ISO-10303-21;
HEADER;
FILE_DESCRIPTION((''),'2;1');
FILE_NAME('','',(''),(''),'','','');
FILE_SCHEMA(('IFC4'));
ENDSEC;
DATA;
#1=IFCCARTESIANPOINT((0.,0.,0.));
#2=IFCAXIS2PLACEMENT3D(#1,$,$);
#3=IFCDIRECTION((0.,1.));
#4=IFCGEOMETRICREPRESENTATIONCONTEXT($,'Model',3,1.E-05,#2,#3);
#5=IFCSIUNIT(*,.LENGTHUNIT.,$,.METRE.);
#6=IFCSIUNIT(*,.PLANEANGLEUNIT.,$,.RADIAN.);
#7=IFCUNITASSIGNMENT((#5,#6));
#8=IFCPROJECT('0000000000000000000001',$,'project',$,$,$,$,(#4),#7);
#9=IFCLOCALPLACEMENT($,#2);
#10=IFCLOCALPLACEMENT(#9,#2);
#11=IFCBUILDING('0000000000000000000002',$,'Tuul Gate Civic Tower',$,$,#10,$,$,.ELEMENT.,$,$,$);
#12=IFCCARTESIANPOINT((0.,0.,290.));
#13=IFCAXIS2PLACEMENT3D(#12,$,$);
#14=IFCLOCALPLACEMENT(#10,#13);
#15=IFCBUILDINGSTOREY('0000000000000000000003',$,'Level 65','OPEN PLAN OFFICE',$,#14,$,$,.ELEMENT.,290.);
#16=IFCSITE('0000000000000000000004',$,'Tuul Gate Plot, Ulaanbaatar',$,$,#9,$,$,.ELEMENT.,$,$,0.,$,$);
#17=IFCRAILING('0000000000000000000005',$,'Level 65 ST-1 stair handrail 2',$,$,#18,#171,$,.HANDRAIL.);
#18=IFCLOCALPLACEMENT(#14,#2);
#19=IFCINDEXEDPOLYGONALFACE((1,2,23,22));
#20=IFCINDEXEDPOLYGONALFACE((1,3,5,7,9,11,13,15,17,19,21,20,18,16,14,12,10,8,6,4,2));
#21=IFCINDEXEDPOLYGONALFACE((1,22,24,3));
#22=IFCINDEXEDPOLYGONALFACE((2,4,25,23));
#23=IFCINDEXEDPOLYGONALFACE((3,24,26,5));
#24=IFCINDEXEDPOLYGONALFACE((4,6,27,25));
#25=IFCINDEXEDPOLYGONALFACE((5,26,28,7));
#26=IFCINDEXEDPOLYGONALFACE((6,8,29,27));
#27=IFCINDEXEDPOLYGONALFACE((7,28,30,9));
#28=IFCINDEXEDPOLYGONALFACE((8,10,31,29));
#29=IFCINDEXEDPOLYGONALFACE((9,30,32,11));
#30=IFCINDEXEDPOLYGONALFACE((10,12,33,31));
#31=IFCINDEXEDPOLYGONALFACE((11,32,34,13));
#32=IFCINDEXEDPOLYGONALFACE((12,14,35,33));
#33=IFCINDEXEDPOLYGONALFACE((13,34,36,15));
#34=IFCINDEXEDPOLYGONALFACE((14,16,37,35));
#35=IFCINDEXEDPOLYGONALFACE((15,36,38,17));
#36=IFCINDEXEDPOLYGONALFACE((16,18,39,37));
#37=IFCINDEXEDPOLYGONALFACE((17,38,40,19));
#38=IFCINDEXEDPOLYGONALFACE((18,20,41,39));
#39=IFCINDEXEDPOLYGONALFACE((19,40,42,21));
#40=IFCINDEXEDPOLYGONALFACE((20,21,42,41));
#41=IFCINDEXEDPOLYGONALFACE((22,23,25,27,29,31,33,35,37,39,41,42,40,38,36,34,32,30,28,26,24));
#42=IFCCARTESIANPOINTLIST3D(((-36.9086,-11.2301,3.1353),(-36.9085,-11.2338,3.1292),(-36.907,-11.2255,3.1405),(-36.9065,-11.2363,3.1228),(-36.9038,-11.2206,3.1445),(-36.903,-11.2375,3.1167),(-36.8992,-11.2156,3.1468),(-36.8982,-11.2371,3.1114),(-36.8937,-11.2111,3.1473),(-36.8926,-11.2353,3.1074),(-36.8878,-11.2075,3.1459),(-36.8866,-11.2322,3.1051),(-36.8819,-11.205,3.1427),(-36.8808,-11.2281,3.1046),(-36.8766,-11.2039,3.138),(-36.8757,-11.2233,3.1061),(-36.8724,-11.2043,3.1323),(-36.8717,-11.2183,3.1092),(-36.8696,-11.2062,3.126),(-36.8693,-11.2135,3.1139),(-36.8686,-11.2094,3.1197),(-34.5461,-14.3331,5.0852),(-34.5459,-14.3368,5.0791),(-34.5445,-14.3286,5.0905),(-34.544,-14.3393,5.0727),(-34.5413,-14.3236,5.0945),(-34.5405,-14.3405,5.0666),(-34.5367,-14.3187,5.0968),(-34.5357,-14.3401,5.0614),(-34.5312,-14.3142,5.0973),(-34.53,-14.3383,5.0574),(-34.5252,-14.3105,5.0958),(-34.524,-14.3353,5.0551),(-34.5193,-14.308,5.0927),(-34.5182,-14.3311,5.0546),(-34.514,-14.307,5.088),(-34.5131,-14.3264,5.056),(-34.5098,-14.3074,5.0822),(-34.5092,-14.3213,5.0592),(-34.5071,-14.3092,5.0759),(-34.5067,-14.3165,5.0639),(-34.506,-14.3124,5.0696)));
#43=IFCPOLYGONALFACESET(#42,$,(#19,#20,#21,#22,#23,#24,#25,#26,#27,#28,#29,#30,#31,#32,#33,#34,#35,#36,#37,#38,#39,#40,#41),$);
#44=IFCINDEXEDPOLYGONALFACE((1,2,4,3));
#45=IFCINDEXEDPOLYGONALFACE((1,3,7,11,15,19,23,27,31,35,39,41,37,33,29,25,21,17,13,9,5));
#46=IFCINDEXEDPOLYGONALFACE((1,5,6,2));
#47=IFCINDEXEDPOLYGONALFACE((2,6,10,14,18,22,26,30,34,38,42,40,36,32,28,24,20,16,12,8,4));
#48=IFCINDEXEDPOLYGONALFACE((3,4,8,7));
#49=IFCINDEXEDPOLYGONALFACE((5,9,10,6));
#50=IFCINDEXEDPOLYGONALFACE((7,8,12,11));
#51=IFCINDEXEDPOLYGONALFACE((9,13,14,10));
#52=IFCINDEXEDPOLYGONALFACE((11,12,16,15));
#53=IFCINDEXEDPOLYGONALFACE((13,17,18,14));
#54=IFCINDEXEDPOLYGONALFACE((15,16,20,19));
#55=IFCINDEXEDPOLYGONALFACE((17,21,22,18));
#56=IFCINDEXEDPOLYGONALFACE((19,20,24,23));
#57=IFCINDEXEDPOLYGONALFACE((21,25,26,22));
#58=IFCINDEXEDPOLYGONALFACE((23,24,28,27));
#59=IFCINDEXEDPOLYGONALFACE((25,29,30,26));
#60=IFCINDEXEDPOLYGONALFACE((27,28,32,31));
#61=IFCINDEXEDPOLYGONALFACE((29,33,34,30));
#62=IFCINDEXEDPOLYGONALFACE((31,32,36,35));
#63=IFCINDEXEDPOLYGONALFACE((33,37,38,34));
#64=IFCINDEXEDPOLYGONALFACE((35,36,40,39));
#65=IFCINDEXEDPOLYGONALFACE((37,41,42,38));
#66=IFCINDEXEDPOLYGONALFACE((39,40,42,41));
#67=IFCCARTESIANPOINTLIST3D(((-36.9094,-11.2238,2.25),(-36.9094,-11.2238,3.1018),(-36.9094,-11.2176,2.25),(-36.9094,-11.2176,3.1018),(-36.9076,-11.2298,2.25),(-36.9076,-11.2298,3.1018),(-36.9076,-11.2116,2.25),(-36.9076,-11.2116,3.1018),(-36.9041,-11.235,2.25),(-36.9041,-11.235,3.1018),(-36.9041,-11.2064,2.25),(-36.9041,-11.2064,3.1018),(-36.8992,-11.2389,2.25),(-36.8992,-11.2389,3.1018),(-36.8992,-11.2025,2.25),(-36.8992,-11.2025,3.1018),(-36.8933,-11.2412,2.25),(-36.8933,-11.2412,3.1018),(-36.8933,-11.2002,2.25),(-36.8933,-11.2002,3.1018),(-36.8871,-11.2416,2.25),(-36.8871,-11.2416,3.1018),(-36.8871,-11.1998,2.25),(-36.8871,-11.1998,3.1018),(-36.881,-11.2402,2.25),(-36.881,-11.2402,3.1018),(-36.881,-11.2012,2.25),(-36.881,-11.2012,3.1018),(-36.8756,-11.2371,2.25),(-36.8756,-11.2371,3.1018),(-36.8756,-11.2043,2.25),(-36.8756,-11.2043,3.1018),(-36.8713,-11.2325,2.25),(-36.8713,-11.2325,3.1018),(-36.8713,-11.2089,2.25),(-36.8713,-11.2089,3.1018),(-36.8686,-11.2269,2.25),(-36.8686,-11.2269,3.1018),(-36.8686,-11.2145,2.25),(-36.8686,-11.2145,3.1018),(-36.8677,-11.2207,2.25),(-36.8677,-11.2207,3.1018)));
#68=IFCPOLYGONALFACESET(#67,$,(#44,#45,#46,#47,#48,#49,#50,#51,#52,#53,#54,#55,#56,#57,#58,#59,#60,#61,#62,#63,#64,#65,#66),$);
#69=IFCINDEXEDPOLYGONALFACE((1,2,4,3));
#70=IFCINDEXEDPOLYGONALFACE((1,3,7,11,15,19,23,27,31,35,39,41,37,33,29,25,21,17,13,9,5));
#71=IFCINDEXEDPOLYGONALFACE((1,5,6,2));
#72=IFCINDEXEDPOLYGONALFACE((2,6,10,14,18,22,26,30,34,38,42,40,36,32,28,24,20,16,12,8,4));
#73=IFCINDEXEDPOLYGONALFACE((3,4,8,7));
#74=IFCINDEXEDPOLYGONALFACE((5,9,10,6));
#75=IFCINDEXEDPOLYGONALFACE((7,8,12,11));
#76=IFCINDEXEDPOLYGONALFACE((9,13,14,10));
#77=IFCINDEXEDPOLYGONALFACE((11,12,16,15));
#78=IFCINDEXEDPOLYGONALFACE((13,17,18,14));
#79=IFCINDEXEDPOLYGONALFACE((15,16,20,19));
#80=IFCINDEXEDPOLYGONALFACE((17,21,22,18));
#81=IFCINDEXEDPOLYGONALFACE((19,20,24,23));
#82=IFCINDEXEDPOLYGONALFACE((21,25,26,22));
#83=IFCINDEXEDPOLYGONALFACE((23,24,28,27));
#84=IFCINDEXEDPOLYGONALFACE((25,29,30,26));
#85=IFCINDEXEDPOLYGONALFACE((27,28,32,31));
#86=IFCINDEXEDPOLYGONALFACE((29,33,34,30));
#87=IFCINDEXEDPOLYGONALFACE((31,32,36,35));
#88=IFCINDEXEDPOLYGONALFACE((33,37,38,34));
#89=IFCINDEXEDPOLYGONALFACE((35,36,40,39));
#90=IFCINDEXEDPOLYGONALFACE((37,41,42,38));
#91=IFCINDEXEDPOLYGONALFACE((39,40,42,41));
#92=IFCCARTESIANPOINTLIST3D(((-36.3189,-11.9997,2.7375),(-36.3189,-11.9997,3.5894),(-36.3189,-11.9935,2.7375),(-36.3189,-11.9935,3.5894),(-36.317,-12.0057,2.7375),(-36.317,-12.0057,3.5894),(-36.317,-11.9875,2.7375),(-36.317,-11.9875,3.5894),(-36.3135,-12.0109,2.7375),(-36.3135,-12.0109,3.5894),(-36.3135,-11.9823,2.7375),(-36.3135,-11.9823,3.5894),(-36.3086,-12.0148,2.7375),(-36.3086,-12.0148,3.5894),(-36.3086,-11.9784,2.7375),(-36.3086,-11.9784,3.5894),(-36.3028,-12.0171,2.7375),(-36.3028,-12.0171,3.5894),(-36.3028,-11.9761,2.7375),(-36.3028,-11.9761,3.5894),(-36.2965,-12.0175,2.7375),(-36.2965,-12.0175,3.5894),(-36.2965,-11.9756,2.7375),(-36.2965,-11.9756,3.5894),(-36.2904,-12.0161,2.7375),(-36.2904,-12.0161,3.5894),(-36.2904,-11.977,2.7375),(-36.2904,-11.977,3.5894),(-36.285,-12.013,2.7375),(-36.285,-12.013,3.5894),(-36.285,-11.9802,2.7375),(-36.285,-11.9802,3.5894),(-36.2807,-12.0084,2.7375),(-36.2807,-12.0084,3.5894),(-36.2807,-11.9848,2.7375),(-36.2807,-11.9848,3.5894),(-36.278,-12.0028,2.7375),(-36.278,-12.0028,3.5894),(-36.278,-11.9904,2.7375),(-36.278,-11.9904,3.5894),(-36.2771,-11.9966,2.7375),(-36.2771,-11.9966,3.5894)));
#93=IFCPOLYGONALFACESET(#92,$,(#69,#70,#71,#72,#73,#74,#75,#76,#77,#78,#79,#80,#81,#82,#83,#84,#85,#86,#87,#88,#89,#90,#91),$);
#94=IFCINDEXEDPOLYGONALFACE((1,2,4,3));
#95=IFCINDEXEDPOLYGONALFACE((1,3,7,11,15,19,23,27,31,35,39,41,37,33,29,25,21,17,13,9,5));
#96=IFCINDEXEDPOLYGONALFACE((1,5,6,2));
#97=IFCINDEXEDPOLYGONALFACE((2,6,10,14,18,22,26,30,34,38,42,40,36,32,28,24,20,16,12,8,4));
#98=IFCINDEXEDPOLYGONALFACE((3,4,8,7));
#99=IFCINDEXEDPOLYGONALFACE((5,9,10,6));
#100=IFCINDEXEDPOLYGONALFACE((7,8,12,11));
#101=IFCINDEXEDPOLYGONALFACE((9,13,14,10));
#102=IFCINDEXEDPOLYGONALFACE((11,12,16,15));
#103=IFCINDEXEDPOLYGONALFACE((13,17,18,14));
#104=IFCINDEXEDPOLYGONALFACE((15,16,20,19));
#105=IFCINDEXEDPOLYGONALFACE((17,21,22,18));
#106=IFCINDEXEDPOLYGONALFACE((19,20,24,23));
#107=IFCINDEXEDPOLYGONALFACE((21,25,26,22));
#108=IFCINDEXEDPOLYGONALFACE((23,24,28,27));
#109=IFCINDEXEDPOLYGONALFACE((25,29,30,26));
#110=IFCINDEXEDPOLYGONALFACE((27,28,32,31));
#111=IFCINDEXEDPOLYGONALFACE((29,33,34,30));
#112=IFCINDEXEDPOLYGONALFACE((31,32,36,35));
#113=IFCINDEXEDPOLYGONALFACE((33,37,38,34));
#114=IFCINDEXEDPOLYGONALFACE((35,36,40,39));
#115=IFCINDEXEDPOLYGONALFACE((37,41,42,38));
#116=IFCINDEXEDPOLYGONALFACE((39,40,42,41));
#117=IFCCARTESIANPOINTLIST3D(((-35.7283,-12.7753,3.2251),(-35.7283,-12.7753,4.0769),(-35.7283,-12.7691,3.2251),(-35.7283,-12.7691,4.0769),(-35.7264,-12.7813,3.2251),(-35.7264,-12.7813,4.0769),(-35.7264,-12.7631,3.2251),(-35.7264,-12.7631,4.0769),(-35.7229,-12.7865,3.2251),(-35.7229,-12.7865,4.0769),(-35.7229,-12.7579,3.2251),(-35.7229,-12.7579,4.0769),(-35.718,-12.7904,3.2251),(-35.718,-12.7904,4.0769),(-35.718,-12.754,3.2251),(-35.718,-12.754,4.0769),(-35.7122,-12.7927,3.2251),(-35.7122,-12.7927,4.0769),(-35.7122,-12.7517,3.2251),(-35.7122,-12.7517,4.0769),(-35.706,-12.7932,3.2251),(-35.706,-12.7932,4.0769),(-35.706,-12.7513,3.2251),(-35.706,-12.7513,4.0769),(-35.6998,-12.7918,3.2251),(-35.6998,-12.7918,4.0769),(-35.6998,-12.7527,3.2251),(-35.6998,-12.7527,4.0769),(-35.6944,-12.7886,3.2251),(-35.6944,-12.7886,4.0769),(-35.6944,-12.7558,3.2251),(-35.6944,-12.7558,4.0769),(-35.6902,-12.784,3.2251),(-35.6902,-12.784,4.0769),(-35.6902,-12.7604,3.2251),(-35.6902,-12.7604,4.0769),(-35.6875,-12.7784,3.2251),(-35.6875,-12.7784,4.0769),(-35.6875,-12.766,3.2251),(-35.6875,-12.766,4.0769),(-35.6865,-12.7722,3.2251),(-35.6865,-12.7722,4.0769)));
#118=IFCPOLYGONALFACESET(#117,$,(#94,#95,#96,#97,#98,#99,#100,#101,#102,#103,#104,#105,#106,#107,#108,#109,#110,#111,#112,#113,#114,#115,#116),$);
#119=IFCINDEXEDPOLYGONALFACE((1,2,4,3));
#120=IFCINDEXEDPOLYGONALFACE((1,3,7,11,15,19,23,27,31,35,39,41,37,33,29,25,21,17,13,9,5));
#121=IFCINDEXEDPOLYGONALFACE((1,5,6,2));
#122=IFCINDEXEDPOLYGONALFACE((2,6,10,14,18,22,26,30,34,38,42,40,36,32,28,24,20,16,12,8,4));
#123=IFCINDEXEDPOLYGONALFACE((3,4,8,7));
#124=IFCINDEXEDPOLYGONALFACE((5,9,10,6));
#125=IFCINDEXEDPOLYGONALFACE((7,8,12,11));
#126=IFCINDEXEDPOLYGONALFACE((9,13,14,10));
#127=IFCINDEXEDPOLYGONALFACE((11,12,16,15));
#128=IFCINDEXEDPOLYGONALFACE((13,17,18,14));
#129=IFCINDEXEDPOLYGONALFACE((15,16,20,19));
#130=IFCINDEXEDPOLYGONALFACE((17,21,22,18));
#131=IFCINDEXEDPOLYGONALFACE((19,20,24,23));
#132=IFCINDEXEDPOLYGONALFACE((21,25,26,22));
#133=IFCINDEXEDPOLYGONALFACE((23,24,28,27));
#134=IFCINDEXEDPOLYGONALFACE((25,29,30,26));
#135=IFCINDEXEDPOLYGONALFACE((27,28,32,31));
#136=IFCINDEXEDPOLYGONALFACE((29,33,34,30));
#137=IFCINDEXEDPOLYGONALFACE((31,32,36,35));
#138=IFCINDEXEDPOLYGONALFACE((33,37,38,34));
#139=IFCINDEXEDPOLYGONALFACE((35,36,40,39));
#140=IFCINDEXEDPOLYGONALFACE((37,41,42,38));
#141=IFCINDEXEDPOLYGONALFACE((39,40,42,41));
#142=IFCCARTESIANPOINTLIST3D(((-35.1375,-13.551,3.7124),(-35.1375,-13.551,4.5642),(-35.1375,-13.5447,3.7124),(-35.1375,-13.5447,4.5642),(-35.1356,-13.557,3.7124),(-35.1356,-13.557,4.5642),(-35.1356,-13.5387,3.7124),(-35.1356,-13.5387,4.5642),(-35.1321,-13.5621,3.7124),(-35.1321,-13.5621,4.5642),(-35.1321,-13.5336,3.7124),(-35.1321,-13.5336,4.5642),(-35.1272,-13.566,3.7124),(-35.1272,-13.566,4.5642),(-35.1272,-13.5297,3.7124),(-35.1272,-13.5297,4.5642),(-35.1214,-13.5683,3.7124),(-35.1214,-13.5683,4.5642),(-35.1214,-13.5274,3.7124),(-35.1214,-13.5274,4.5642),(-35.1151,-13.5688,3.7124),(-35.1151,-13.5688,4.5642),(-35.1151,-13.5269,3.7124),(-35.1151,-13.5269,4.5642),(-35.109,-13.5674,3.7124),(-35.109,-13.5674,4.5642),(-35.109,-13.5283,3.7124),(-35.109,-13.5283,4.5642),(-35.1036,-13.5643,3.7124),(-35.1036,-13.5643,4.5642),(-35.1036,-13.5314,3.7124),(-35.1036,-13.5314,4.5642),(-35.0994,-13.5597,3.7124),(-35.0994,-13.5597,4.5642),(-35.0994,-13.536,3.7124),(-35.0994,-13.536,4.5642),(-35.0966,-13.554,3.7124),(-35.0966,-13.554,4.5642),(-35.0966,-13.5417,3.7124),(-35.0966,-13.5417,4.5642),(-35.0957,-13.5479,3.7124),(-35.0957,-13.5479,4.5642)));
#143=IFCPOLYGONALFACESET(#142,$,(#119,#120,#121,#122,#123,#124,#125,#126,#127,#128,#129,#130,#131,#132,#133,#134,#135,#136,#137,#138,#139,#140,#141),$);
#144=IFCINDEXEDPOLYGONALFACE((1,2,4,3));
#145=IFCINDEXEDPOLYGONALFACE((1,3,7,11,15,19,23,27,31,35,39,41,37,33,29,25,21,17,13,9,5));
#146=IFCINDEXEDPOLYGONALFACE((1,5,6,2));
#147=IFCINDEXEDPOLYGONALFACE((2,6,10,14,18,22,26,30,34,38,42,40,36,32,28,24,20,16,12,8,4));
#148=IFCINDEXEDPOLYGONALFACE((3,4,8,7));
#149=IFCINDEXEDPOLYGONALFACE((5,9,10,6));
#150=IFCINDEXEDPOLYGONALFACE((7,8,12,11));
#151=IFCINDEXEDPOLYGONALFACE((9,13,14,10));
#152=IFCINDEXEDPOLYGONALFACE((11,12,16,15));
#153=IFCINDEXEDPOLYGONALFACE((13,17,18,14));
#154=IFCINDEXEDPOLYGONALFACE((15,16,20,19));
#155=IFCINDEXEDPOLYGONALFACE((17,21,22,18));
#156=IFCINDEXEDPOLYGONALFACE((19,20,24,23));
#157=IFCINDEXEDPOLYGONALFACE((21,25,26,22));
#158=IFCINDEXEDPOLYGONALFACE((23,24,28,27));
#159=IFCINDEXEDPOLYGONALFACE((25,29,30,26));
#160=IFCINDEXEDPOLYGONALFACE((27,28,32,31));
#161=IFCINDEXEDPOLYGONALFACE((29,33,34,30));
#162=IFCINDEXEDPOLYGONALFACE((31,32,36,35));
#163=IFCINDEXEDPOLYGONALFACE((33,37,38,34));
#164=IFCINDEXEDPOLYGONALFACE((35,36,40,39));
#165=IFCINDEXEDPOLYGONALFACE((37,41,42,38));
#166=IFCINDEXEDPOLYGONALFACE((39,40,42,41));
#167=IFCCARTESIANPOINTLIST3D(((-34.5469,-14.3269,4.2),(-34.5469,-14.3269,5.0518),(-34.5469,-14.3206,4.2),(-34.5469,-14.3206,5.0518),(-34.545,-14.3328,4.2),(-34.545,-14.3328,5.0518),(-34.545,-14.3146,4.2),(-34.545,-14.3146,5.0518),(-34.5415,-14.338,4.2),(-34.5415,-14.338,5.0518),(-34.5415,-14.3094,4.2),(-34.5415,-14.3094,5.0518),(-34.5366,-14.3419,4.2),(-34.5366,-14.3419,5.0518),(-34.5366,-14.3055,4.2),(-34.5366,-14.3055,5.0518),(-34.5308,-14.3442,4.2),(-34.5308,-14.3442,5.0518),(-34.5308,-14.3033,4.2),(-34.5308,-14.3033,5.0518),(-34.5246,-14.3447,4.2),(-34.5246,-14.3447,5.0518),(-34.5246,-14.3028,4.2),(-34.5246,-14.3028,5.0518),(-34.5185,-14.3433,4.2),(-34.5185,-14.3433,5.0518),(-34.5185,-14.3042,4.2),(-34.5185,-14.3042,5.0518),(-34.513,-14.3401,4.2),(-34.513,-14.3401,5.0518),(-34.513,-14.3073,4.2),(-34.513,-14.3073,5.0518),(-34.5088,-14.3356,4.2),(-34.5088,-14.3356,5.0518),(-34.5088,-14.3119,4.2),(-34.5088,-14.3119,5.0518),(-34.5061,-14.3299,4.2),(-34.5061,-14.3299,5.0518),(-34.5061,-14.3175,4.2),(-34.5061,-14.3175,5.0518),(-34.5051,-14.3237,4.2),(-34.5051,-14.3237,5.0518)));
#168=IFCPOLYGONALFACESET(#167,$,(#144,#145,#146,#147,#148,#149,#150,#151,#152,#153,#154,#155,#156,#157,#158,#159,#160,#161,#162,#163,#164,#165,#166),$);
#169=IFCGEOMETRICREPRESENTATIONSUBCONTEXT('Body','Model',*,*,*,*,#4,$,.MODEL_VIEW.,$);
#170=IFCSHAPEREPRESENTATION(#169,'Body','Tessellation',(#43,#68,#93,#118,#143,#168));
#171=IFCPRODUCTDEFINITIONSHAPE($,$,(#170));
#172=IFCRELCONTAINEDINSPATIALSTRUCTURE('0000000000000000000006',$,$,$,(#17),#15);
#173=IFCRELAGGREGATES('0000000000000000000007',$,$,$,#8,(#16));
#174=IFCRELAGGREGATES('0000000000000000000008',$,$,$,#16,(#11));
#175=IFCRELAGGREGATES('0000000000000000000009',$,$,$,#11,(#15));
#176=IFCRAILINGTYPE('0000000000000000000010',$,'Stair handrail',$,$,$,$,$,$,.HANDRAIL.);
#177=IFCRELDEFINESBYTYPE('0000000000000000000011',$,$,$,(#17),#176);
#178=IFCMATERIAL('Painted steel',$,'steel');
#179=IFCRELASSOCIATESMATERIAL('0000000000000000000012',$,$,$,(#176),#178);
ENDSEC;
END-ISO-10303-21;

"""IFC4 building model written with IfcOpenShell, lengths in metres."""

from ifc_helpers import new_model, si_unit, direction, frame, origin, origin_2d, place, context, subcontext, project, spatial, circle, extrude, material, type_object, element, save


model = new_model("IFC4")

# Units and contexts
model_context = context("Model", 3, precision=1e-05, world=origin(), true_north=direction((0.0, 1.0)))
body_context = subcontext(model_context, "Body", "Model", "MODEL_VIEW")
ifc_project = project(units=[si_unit("LENGTHUNIT", "METRE"), si_unit("PLANEANGLEUNIT", "RADIAN")], contexts=[model_context])

# Site, building, storey
site_placement = place(None, origin())
site = spatial("IfcSite", under=ifc_project, at=site_placement, Name="Tuul Gate Plot, Ulaanbaatar", CompositionType="ELEMENT", RefElevation=0.0)
building_placement = place(site_placement, origin())
building = spatial("IfcBuilding", under=site, at=building_placement, Name="Tuul Gate Civic Tower", CompositionType="ELEMENT")
storey_placement = place(building_placement, frame((0.0, 0.0, 290.0)))
storey = spatial("IfcBuildingStorey", under=building, at=storey_placement, Name="Level 65", Description="OPEN PLAN OFFICE", CompositionType="ELEMENT", Elevation=290.0)

# Railing
ifc_material_1 = material(Name="Painted steel", Category="steel")
railing_type = type_object("IfcRailingType", Name="Stair handrail", PredefinedType="HANDRAIL", material=ifc_material_1)
railing_placement = place(storey_placement, frame((-36.8887, -11.2207, 2.25)))
element("IfcRailing", 1, at=railing_placement, inside=storey, type_object=railing_type, Name="Level 65 ST-1 stair handrail 2", PredefinedType="HANDRAIL", context=body_context, shape_type="SweptSolid", body=[
    extrude(circle(Radius=0.0239, at=origin_2d()), frame((0.0, 0.0, 0.876), z_axis=(0.541824, -0.711645, 0.4472), x_axis=(0.795637, 0.605773, 0.0)), (0.0, 0.0, 1.0), 4.3604),
    extrude(circle(Radius=0.021, at=origin_2d()), origin(), (0.0, 0.0, 1.0), 0.8518),
    extrude(circle(Radius=0.021, at=origin_2d()), frame((0.5906, -0.7759, 0.4875)), (0.0, 0.0, 1.0), 0.8518),
    extrude(circle(Radius=0.021, at=origin_2d()), frame((1.1812, -1.5515, 0.9751)), (0.0, 0.0, 1.0), 0.8518),
    extrude(circle(Radius=0.021, at=origin_2d()), frame((1.772, -2.3271, 1.4624)), (0.0, 0.0, 1.0), 0.8518),
    extrude(circle(Radius=0.021, at=origin_2d()), frame((2.3625, -3.103, 1.95)), (0.0, 0.0, 1.0), 0.8518),
])

save(model, "model.ifc")
